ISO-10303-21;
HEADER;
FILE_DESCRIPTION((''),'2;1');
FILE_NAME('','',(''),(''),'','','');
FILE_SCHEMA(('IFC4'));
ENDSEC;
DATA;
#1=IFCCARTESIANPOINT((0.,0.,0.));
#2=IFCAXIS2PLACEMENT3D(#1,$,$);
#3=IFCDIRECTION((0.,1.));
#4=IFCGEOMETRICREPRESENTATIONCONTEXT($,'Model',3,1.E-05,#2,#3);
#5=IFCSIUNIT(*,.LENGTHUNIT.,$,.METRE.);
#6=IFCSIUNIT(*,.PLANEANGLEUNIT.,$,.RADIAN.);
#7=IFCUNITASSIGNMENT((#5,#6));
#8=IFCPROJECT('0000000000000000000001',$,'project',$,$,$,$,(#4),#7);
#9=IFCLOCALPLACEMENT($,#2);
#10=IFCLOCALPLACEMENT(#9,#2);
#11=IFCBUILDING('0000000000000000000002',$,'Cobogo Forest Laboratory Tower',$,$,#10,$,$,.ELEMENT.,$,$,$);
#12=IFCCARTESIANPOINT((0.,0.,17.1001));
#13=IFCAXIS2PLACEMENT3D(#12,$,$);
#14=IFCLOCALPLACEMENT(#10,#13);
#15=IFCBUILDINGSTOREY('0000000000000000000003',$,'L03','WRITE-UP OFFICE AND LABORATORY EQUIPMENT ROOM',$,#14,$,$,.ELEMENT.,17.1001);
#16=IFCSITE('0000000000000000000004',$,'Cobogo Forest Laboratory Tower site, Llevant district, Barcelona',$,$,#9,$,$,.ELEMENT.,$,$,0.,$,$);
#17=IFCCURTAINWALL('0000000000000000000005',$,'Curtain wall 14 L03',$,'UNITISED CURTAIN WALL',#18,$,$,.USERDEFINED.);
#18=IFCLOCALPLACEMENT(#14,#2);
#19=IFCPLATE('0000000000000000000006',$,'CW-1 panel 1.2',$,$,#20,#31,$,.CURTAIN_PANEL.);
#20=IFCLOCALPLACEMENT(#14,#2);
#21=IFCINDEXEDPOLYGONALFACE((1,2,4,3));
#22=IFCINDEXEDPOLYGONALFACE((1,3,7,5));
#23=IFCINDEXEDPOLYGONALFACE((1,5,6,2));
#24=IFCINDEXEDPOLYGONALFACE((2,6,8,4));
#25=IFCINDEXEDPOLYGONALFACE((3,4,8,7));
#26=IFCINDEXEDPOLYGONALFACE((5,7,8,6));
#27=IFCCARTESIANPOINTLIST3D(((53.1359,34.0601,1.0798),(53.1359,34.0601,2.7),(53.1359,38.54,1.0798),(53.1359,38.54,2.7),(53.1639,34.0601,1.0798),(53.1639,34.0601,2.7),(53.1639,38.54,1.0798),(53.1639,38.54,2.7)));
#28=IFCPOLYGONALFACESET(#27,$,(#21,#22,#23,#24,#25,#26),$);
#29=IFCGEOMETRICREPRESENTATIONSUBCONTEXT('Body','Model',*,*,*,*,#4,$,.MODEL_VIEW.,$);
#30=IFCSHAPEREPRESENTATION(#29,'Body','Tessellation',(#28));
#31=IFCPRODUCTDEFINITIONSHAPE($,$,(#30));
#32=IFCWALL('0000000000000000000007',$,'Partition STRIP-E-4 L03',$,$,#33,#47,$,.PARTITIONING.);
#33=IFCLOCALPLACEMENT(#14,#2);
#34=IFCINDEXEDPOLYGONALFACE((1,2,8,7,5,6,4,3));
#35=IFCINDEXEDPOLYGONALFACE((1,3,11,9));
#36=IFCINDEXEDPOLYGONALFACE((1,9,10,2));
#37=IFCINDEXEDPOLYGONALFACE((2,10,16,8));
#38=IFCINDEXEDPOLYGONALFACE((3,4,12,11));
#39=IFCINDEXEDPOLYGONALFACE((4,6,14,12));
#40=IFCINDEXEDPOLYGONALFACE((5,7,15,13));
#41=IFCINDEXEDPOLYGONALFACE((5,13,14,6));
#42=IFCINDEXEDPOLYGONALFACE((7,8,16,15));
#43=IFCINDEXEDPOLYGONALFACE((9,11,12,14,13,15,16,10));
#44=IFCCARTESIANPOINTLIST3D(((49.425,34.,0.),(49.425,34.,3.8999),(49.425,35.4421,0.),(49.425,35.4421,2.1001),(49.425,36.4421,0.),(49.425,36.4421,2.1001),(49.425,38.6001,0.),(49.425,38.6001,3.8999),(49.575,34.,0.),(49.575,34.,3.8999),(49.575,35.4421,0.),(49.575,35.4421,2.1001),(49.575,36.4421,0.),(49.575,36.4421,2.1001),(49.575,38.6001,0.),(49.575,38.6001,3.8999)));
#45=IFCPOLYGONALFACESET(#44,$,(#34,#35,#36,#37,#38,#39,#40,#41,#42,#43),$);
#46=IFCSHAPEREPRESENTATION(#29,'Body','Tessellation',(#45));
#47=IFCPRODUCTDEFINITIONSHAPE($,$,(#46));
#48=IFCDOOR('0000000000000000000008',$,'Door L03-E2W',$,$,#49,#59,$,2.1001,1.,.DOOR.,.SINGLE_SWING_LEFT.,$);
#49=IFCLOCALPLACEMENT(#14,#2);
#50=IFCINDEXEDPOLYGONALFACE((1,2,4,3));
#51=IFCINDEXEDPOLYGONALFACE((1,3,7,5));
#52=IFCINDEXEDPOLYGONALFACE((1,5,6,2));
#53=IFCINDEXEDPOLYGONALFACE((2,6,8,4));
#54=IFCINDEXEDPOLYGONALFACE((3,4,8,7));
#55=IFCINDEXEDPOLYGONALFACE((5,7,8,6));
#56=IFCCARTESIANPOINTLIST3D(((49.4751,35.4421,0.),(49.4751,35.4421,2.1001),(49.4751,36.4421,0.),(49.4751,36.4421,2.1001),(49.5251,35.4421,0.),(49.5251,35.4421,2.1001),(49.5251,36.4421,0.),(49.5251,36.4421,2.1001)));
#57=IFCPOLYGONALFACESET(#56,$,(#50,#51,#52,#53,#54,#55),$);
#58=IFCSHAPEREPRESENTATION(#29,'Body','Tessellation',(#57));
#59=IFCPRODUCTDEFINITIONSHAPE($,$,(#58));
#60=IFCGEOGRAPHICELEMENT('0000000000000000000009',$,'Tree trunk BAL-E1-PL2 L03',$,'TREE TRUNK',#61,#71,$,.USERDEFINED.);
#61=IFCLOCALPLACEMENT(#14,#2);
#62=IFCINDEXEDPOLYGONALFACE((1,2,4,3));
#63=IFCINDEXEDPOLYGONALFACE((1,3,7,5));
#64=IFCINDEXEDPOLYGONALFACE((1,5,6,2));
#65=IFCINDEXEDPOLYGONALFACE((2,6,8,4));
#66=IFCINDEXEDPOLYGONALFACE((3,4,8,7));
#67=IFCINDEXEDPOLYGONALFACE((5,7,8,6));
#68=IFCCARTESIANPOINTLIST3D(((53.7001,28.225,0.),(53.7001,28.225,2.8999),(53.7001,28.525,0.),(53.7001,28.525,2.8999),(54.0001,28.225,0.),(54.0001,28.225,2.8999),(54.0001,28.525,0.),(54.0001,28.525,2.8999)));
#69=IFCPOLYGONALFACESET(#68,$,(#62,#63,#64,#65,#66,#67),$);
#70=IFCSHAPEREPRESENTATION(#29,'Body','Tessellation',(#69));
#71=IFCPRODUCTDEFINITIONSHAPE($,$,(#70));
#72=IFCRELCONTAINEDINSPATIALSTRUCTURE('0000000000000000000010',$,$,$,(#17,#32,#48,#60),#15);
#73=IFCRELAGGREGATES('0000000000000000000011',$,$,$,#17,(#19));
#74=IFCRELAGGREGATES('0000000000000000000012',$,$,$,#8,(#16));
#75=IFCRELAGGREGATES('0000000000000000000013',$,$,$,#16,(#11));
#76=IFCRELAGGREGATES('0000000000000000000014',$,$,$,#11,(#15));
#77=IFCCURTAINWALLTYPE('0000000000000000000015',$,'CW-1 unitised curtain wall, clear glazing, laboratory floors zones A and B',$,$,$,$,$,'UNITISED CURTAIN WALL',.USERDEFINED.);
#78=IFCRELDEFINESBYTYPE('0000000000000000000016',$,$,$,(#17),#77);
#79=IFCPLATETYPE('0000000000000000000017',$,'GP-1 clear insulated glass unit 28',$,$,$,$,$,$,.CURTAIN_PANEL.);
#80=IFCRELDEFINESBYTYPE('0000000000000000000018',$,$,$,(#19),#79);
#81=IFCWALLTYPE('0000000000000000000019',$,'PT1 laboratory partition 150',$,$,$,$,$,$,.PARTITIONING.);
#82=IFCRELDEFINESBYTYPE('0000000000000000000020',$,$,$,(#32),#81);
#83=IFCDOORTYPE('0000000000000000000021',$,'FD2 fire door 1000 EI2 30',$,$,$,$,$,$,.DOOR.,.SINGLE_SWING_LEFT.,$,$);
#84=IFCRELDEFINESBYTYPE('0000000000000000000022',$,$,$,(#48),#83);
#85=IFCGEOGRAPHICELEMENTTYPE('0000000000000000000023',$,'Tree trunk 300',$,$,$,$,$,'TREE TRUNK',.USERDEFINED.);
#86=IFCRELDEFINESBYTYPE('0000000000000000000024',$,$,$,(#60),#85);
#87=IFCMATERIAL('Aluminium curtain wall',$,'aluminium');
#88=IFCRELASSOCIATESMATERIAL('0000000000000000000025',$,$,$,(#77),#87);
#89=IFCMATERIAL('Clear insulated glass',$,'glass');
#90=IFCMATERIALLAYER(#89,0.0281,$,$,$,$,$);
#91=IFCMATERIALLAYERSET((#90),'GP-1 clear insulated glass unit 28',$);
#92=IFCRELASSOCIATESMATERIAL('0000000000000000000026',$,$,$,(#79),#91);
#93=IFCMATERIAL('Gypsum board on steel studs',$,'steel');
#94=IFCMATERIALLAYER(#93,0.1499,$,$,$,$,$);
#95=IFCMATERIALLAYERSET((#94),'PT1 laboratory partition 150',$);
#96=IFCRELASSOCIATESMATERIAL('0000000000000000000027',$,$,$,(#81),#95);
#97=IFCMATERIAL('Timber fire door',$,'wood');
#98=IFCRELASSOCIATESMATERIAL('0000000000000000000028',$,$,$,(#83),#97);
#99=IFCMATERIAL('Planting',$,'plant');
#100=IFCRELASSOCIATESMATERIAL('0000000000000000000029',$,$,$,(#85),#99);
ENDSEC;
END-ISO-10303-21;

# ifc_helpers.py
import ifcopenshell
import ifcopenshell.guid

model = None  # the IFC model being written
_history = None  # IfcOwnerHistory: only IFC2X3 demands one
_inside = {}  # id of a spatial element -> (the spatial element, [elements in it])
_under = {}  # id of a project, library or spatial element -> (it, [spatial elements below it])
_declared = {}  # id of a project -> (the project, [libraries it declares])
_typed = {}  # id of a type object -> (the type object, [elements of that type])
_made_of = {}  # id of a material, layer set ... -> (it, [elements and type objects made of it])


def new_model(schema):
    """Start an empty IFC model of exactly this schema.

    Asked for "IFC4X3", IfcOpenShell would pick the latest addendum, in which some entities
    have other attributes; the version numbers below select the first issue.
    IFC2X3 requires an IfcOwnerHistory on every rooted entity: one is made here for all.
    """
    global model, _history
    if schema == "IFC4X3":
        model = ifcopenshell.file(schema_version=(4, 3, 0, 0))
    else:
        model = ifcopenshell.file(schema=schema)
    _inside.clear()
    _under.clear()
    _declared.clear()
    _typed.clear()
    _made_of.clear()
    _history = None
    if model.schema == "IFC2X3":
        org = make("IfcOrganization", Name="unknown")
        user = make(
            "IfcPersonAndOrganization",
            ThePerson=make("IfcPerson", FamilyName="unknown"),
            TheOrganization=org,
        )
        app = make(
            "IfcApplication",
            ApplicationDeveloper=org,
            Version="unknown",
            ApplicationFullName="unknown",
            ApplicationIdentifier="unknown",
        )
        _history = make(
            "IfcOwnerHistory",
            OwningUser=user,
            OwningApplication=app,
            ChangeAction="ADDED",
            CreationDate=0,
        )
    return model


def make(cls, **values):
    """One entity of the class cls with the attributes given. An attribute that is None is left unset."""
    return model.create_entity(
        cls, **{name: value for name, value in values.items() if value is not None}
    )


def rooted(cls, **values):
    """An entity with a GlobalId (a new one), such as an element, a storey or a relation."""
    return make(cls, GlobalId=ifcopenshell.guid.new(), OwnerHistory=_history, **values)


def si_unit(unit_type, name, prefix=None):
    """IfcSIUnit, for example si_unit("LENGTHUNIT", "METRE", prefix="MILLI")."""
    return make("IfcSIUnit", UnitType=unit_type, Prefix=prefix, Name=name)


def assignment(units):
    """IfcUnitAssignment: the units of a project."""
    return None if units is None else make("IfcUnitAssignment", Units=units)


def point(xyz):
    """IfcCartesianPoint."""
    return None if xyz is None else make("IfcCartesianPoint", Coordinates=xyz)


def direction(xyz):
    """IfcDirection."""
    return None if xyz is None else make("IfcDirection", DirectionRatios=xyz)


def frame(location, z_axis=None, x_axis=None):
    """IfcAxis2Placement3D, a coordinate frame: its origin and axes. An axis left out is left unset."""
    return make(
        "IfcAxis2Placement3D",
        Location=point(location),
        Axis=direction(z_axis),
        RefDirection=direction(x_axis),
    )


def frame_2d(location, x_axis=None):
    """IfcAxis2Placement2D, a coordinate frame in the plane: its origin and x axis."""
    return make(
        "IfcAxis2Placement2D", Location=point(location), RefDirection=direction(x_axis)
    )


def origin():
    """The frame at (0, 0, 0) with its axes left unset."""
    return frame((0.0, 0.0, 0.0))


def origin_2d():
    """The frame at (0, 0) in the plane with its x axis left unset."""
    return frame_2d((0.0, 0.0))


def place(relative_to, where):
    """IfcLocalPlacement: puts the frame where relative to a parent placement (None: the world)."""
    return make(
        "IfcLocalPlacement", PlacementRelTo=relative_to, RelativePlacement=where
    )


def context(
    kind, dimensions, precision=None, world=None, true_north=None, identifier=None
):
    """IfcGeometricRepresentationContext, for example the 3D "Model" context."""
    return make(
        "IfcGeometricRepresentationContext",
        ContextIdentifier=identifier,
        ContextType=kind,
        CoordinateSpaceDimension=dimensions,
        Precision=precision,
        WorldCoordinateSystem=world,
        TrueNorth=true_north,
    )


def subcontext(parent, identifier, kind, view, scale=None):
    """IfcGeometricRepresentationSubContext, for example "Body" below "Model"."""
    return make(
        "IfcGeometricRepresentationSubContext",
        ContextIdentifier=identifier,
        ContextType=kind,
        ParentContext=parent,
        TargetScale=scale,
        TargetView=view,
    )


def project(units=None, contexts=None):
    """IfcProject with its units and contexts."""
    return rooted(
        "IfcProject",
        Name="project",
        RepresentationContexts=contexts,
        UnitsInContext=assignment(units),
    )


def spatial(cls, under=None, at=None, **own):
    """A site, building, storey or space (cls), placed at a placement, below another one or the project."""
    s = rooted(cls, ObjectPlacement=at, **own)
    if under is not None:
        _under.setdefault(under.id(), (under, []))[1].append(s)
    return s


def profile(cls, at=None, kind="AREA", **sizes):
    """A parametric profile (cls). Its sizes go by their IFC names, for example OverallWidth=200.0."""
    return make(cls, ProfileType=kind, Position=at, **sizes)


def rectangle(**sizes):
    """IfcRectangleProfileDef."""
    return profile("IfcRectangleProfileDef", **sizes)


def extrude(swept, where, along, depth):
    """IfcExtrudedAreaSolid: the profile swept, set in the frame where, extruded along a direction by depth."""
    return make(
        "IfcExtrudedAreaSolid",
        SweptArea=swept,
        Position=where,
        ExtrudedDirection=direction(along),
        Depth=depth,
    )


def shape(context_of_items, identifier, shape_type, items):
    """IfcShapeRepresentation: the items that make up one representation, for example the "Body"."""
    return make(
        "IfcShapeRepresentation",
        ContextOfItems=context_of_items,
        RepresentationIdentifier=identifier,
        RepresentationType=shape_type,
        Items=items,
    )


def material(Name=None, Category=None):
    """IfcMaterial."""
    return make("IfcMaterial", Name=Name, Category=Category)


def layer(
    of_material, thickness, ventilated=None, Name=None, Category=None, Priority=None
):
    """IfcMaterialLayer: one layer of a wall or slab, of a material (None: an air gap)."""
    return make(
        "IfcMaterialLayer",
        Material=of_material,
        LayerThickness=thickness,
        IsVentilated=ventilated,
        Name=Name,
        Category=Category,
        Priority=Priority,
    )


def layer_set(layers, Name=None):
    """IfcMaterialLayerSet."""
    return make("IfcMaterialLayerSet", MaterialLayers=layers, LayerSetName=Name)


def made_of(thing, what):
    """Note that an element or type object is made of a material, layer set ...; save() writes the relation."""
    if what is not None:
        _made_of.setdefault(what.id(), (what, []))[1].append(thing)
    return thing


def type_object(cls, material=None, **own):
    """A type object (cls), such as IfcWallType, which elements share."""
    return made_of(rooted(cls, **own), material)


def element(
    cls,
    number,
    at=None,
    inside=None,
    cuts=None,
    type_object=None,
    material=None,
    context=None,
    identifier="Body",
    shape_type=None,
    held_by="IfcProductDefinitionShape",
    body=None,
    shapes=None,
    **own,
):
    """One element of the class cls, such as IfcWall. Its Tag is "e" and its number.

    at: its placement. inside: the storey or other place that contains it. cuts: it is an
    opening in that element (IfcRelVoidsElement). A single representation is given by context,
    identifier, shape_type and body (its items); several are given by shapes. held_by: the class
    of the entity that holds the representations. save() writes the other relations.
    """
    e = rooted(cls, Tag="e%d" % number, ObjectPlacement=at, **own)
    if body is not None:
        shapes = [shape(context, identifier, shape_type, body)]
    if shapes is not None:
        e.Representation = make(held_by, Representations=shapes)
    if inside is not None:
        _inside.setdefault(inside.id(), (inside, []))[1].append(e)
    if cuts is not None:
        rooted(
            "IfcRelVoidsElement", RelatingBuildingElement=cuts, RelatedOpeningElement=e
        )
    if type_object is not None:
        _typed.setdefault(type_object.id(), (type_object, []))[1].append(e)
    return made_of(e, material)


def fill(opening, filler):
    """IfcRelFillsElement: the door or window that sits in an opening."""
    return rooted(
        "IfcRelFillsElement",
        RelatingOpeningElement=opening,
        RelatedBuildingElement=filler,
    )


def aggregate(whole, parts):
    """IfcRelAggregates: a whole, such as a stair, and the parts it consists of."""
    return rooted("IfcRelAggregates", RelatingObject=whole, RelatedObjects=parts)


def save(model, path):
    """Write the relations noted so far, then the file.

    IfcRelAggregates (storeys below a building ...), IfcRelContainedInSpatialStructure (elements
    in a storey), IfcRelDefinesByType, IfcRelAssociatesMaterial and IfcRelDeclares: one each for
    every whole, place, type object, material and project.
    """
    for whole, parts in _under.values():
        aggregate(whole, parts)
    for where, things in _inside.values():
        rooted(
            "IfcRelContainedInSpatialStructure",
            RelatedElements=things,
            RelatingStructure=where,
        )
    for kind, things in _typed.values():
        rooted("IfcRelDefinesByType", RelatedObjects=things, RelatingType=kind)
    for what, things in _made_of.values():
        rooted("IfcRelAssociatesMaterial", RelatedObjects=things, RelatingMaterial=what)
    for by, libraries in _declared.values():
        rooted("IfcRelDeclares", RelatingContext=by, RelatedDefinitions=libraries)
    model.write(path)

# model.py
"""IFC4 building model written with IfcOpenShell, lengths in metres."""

from ifc_helpers import new_model, si_unit, direction, frame, frame_2d, origin, origin_2d, place, context, subcontext, project, spatial, rectangle, extrude, material, layer, layer_set, type_object, element, fill, aggregate, save


model = new_model("IFC4")

# Units and contexts
model_context = context("Model", 3, precision=1e-05, world=origin(), true_north=direction((0.0, 1.0)))
body_context = subcontext(model_context, "Body", "Model", "MODEL_VIEW")
ifc_project = project(units=[si_unit("LENGTHUNIT", "METRE"), si_unit("PLANEANGLEUNIT", "RADIAN")], contexts=[model_context])

# Site, building, storey
site_placement = place(None, origin())
site = spatial("IfcSite", under=ifc_project, at=site_placement, Name="Cobogo Forest Laboratory Tower site, Llevant district, Barcelona", CompositionType="ELEMENT", RefElevation=0.0)
building_placement = place(site_placement, origin())
building = spatial("IfcBuilding", under=site, at=building_placement, Name="Cobogo Forest Laboratory Tower", CompositionType="ELEMENT")
storey_placement = place(building_placement, frame((0.0, 0.0, 17.1001)))
storey = spatial("IfcBuildingStorey", under=building, at=storey_placement, Name="L03", Description="WRITE-UP OFFICE AND LABORATORY EQUIPMENT ROOM", CompositionType="ELEMENT", Elevation=17.1001)

# Shared definitions
ifc_material_1 = material(Name="Aluminium curtain wall", Category="aluminium")
curtain_wall_type = type_object("IfcCurtainWallType", Name="CW-1 unitised curtain wall, clear glazing, laboratory floors zones A and B", ElementType="UNITISED CURTAIN WALL", PredefinedType="USERDEFINED", material=ifc_material_1)

# Curtain wall
curtain_wall_1_placement = place(storey_placement, origin())
curtain_wall_1 = element("IfcCurtainWall", 1, at=curtain_wall_1_placement, inside=storey, type_object=curtain_wall_type, Name="Curtain wall 14 L03", ObjectType="UNITISED CURTAIN WALL", PredefinedType="USERDEFINED")

# Plate
ifc_material_2 = material(Name="Clear insulated glass", Category="glass")
ifc_layer_1 = layer(ifc_material_2, 0.0281)
ifc_layer_set_1 = layer_set([ifc_layer_1], Name="GP-1 clear insulated glass unit 28")
plate_type_1 = type_object("IfcPlateType", Name="GP-1 clear insulated glass unit 28", PredefinedType="CURTAIN_PANEL", material=ifc_layer_set_1)
plate_1_placement = place(storey_placement, frame((53.1499, 36.3, 1.0798), z_axis=(0.0, 0.0, 1.0), x_axis=(0.0, 1.0, 0.0)))
plate_1 = element("IfcPlate", 2, at=plate_1_placement, type_object=plate_type_1, Name="CW-1 panel 1.2", PredefinedType="CURTAIN_PANEL", context=body_context, shape_type="SweptSolid", body=[
    extrude(rectangle(XDim=4.48, YDim=0.0281, at=origin_2d()), origin(), (0.0, 0.0, 1.0), 1.6201),
])
aggregate(curtain_wall_1, [plate_1])

# Wall, opening, door
ifc_material_3 = material(Name="Gypsum board on steel studs", Category="steel")
ifc_layer_2 = layer(ifc_material_3, 0.1499)
ifc_layer_set_2 = layer_set([ifc_layer_2], Name="PT1 laboratory partition 150")
wall_type = type_object("IfcWallType", Name="PT1 laboratory partition 150", PredefinedType="PARTITIONING", material=ifc_layer_set_2)
wall_placement = place(storey_placement, frame((49.5, 34.0, 0.0), z_axis=(0.0, 0.0, 1.0), x_axis=(0.0, 1.0, 0.0)))
wall = element("IfcWall", 3, at=wall_placement, inside=storey, type_object=wall_type, Name="Partition STRIP-E-4 L03", PredefinedType="PARTITIONING", context=body_context, shape_type="SweptSolid", body=[
    extrude(rectangle(XDim=4.6001, YDim=0.1499, at=frame_2d((2.3, 0.0))), origin(), (0.0, 0.0, 1.0), 3.8999),
])
opening_placement = place(wall_placement, frame((1.4421, 0.0, 0.0)))
opening = element("IfcOpeningElement", 4, at=opening_placement, cuts=wall, PredefinedType="OPENING", context=body_context, shape_type="SweptSolid", body=[
    extrude(rectangle(XDim=1.0, YDim=2.1001, at=frame_2d((0.5, 1.05))), frame((0.0, 0.085, 0.0), z_axis=(0.0, -1.0, 0.0), x_axis=(1.0, 0.0, 0.0)), (0.0, 0.0, 1.0), 0.1699),
])
ifc_material_4 = material(Name="Timber fire door", Category="wood")
door_type = type_object("IfcDoorType", Name="FD2 fire door 1000 EI2 30", OperationType="SINGLE_SWING_LEFT", PredefinedType="DOOR", material=ifc_material_4)
door_placement = place(opening_placement, origin())
door = element("IfcDoor", 5, at=door_placement, inside=storey, type_object=door_type, Name="Door L03-E2W", OperationType="SINGLE_SWING_LEFT", OverallHeight=2.1001, OverallWidth=1.0, PredefinedType="DOOR", context=body_context, shape_type="SweptSolid", body=[
    extrude(rectangle(XDim=1.0, YDim=2.1001, at=frame_2d((0.5, 1.05))), frame((0.0, 0.0249, 0.0), z_axis=(0.0, -1.0, 0.0), x_axis=(1.0, 0.0, 0.0)), (0.0, 0.0, 1.0), 0.05),
])
fill(opening, door)

# Geographic element
ifc_material_5 = material(Name="Planting", Category="plant")
geographic_element_type = type_object("IfcGeographicElementType", Name="Tree trunk 300", ElementType="TREE TRUNK", PredefinedType="USERDEFINED", material=ifc_material_5)
geographic_element_placement = place(storey_placement, frame((53.8501, 28.375, 0.0), z_axis=(0.0, 0.0, 1.0), x_axis=(1.0, 0.0, 0.0)))
element("IfcGeographicElement", 6, at=geographic_element_placement, inside=storey, type_object=geographic_element_type, Name="Tree trunk BAL-E1-PL2 L03", ObjectType="TREE TRUNK", PredefinedType="USERDEFINED", context=body_context, shape_type="SweptSolid", body=[
    extrude(rectangle(XDim=0.3, YDim=0.3, at=origin_2d()), origin(), (0.0, 0.0, 1.0), 2.8999),
])

save(model, "model.ifc")
